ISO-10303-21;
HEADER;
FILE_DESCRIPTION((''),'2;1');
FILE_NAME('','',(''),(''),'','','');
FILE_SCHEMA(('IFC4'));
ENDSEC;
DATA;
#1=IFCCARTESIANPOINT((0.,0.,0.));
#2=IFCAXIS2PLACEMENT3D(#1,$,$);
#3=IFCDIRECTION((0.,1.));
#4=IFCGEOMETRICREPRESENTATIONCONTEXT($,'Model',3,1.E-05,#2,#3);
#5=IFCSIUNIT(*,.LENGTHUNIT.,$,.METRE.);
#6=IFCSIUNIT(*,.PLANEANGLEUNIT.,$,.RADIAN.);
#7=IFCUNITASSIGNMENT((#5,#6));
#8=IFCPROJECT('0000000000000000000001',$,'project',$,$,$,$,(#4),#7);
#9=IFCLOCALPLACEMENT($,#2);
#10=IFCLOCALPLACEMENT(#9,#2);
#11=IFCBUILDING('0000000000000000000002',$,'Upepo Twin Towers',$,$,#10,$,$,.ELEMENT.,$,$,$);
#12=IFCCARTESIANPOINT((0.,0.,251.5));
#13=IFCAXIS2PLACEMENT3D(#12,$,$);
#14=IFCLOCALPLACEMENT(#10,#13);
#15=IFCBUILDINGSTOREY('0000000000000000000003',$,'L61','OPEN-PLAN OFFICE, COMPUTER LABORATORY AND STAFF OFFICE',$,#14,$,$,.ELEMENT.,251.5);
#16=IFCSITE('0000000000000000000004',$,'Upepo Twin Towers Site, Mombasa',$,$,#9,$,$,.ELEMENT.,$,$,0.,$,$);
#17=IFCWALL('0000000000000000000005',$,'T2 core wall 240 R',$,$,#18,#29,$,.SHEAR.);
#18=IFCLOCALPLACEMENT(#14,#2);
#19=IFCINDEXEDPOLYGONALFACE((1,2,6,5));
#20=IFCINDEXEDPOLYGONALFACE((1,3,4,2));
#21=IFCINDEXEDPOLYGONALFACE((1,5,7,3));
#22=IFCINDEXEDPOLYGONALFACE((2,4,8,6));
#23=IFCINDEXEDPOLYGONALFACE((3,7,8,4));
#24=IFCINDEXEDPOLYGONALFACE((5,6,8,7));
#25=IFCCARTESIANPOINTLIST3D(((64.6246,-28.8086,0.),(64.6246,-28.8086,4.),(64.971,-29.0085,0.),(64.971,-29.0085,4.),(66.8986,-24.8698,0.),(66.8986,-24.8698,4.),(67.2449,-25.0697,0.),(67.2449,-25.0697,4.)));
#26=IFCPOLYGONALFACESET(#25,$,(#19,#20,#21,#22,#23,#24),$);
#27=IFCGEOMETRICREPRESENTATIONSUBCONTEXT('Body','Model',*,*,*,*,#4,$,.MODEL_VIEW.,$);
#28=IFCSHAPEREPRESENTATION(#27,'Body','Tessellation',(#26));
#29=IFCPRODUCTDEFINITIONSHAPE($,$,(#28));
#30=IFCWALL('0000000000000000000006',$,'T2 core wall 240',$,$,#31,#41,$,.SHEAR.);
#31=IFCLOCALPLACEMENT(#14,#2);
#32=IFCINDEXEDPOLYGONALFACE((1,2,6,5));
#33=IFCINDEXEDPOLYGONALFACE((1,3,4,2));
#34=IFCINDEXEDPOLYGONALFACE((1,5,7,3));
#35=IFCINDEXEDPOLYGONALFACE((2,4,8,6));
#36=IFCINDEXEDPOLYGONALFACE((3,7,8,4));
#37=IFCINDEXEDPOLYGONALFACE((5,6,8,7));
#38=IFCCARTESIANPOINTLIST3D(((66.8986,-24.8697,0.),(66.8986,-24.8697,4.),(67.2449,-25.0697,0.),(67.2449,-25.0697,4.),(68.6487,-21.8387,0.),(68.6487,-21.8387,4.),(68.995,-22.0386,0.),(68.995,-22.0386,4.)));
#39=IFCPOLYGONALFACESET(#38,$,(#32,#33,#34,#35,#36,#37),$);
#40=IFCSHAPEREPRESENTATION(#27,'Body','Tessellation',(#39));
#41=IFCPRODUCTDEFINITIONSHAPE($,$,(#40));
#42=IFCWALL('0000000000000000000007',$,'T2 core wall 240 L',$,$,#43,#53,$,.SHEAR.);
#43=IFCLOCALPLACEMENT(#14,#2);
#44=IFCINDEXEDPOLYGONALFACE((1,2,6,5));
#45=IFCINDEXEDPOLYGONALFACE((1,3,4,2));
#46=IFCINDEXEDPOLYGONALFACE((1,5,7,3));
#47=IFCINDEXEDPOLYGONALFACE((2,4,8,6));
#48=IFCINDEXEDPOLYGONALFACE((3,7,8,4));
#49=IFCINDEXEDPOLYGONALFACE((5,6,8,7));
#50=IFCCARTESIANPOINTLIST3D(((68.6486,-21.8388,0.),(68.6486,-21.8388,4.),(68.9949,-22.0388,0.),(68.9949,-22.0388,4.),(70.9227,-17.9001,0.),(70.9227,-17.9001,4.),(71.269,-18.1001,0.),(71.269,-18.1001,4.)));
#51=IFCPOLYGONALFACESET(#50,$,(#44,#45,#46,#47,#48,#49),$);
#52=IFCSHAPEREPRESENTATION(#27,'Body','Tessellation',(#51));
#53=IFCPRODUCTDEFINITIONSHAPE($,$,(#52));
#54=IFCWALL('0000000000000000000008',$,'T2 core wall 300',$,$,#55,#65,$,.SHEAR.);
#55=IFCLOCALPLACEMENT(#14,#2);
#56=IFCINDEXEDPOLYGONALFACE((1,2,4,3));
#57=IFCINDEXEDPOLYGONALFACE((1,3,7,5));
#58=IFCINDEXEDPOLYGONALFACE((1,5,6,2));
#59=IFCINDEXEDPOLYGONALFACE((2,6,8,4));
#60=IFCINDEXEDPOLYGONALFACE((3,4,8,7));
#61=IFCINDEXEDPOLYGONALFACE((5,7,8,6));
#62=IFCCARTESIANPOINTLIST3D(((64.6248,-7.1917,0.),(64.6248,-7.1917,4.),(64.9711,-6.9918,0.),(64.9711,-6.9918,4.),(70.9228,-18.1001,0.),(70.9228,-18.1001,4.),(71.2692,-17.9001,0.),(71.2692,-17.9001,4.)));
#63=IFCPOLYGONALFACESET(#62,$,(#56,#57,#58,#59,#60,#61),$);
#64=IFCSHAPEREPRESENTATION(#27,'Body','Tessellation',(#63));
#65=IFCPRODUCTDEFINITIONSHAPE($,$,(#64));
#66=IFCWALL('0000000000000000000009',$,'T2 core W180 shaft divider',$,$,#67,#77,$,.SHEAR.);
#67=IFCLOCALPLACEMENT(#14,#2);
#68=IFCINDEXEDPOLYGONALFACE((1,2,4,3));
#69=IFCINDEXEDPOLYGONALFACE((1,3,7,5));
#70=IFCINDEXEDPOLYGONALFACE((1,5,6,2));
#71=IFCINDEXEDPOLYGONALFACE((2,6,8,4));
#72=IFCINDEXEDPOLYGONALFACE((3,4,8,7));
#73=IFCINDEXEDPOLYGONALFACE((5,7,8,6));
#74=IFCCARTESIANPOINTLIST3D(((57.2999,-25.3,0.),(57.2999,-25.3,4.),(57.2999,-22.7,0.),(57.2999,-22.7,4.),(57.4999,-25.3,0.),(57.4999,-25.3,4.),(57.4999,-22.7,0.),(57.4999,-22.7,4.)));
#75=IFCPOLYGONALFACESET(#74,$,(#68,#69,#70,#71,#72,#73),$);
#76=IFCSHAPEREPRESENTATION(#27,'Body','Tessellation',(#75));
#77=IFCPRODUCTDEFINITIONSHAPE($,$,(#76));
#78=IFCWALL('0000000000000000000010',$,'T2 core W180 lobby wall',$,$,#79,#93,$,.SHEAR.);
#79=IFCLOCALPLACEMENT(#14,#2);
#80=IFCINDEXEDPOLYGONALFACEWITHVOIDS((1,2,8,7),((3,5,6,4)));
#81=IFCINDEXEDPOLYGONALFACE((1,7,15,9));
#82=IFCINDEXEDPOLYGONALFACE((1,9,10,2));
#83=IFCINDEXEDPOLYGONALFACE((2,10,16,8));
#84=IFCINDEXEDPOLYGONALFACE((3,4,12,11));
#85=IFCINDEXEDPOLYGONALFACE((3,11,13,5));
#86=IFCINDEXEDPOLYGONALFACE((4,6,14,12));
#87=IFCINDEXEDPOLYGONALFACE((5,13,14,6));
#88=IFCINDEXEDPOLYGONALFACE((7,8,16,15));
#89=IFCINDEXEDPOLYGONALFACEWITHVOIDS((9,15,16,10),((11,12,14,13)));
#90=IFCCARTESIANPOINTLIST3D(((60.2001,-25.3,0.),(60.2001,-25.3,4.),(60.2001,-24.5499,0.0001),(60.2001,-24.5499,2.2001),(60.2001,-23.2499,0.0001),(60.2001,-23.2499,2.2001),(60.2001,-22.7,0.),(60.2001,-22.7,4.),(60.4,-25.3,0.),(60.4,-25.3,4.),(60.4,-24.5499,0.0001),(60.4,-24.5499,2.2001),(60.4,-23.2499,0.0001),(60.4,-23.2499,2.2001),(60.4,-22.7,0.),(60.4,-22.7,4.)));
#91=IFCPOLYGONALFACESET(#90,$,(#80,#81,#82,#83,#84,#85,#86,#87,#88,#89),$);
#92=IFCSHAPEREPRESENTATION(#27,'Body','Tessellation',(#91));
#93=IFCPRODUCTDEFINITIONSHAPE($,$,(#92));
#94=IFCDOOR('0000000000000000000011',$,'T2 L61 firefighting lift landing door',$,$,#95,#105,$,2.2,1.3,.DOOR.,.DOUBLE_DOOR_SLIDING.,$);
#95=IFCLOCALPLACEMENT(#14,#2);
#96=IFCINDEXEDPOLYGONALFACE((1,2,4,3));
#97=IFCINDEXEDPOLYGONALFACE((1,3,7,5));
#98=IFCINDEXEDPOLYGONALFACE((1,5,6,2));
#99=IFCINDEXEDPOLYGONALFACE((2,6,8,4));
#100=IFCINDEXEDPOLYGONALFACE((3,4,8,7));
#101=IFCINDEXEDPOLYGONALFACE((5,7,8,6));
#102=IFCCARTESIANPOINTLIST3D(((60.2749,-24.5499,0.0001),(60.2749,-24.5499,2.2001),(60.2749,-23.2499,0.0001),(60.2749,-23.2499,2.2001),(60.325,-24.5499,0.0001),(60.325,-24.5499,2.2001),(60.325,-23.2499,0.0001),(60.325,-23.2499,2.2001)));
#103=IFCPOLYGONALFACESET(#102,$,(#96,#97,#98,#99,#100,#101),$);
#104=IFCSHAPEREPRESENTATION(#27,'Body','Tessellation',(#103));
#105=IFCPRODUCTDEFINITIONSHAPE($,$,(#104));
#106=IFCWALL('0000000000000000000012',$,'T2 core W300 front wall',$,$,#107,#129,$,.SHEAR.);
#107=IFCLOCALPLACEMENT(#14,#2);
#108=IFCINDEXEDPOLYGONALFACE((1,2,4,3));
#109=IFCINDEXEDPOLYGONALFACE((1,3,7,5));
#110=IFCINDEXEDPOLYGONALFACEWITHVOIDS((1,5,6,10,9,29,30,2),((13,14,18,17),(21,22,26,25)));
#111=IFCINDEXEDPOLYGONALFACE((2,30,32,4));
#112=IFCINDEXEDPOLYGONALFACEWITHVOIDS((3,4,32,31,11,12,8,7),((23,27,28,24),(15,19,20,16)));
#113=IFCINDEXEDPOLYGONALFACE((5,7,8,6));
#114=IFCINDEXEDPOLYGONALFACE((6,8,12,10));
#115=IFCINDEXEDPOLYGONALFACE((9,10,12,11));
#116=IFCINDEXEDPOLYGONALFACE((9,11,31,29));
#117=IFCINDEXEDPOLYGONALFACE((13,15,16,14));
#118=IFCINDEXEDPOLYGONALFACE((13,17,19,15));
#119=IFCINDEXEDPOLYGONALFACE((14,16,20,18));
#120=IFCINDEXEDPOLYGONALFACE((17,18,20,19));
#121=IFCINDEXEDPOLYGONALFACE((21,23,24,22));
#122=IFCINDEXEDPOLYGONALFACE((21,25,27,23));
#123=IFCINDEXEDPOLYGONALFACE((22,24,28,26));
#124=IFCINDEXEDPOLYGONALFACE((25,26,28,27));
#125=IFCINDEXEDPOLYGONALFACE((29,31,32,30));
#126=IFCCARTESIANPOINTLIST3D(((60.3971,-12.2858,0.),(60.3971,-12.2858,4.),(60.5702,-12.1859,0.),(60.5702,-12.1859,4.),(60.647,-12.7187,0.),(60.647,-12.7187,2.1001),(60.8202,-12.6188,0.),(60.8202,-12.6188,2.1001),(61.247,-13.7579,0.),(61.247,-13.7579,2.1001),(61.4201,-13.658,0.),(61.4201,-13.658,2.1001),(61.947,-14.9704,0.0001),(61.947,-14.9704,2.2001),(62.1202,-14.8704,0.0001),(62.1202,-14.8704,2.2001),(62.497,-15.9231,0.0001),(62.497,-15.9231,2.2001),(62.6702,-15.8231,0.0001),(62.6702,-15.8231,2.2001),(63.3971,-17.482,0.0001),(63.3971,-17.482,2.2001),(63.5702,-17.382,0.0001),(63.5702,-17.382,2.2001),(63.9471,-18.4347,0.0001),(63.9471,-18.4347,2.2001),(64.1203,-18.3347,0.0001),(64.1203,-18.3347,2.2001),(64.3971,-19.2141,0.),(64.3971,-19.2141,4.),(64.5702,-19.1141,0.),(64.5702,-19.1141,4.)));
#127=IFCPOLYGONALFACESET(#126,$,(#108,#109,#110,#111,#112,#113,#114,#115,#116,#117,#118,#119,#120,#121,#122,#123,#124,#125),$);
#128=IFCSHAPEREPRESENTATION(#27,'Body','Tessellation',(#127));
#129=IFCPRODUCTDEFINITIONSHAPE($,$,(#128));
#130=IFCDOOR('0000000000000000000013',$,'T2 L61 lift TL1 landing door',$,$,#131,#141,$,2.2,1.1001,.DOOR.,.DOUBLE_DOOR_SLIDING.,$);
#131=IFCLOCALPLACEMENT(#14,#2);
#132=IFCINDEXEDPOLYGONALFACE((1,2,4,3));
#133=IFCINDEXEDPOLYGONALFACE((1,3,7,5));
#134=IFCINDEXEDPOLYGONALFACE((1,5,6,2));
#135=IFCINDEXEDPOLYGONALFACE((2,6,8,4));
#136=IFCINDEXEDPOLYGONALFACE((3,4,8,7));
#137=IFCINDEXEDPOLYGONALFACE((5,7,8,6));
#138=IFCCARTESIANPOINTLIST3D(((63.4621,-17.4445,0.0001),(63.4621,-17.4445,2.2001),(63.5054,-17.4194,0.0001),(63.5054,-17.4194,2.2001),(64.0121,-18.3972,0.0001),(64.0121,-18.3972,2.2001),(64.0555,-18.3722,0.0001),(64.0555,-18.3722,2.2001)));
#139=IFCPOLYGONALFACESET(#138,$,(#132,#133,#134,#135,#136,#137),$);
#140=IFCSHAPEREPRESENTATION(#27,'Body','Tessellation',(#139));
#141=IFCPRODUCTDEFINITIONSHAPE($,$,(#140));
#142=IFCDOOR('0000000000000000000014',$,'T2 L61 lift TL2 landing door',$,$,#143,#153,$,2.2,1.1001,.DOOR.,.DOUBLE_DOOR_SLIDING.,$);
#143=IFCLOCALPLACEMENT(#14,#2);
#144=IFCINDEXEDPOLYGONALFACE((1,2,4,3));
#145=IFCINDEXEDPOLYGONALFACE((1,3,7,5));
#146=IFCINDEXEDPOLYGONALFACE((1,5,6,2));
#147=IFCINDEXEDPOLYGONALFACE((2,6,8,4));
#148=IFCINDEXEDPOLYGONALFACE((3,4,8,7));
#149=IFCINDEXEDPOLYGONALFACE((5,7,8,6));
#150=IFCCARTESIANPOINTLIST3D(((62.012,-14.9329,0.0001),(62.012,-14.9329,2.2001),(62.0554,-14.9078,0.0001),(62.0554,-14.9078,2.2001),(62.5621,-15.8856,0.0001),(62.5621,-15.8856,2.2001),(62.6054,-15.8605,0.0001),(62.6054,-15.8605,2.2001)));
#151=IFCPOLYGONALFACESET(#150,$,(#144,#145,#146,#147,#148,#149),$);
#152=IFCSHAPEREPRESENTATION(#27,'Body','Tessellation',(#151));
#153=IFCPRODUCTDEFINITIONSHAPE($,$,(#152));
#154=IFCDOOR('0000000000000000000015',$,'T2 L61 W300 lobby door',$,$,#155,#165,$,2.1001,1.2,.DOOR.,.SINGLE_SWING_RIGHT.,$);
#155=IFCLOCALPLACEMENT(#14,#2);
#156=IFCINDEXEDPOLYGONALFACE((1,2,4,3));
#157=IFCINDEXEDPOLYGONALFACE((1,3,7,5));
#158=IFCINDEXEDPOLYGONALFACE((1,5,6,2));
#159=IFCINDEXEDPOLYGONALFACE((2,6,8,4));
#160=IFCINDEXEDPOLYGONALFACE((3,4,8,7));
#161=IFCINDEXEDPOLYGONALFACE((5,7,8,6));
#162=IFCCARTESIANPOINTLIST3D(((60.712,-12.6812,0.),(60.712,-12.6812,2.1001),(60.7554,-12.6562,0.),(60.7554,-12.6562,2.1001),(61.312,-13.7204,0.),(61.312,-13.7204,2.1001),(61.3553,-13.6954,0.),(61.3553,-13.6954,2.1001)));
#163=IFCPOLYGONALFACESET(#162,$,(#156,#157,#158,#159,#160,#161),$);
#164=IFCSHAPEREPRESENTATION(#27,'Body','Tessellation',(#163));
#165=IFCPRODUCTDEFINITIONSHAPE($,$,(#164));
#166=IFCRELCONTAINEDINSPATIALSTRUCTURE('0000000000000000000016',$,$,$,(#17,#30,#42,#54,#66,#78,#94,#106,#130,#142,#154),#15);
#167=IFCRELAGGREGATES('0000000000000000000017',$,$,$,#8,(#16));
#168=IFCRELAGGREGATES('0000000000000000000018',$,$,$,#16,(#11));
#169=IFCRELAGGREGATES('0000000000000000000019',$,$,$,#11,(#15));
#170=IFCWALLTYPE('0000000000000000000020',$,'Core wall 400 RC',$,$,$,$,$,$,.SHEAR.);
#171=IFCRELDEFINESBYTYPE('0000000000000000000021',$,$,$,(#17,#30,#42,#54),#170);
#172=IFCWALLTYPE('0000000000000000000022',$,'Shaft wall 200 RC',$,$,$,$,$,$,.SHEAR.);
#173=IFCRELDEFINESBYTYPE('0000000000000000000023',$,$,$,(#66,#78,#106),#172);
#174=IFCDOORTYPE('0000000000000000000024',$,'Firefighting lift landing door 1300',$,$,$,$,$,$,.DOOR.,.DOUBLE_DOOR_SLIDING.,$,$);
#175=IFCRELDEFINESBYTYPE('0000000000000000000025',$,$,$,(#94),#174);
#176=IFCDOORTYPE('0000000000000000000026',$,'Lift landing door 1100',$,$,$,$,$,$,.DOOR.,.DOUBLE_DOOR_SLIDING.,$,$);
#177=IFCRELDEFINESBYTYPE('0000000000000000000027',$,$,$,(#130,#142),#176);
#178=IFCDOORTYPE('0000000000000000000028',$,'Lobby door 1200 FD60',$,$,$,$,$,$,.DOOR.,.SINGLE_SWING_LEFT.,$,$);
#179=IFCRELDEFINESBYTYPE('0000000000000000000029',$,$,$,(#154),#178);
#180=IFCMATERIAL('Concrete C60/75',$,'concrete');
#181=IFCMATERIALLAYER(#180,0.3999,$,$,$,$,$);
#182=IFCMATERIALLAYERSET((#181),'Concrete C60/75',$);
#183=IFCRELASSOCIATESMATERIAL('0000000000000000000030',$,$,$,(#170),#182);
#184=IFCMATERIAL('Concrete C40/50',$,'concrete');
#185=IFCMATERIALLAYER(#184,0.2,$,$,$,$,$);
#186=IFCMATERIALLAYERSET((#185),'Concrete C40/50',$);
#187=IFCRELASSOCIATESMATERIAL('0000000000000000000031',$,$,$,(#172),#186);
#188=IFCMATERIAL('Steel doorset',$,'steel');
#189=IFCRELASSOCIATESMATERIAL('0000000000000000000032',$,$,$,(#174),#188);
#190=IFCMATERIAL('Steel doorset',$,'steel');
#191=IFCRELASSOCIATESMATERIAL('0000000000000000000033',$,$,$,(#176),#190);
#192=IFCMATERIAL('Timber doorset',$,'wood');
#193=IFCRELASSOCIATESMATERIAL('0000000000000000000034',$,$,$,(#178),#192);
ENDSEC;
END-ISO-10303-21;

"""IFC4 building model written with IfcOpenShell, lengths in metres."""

from ifc_helpers import new_model, si_unit, direction, frame, frame_2d, origin, place, context, subcontext, project, spatial, rectangle, extrude, material, layer, layer_set, type_object, element, fill, save


model = new_model("IFC4")

# Units and contexts
model_context = context("Model", 3, precision=1e-05, world=origin(), true_north=direction((0.0, 1.0)))
body_context = subcontext(model_context, "Body", "Model", "MODEL_VIEW")
ifc_project = project(units=[si_unit("LENGTHUNIT", "METRE"), si_unit("PLANEANGLEUNIT", "RADIAN")], contexts=[model_context])

# Site, building, storey
site_placement = place(None, origin())
site = spatial("IfcSite", under=ifc_project, at=site_placement, Name="Upepo Twin Towers Site, Mombasa", CompositionType="ELEMENT", RefElevation=0.0)
building_placement = place(site_placement, origin())
building = spatial("IfcBuilding", under=site, at=building_placement, Name="Upepo Twin Towers", CompositionType="ELEMENT")
storey_placement = place(building_placement, frame((0.0, 0.0, 251.5)))
storey = spatial("IfcBuildingStorey", under=building, at=storey_placement, Name="L61", Description="OPEN-PLAN OFFICE, COMPUTER LABORATORY AND STAFF OFFICE", CompositionType="ELEMENT", Elevation=251.5)

# Walls
ifc_material_1 = material(Name="Concrete C60/75", Category="concrete")
ifc_layer_1 = layer(ifc_material_1, 0.3999)
ifc_layer_set_1 = layer_set([ifc_layer_1], Name="Concrete C60/75")
wall_type_1 = type_object("IfcWallType", Name="Core wall 400 RC", PredefinedType="SHEAR", material=ifc_layer_set_1)
wall_1_placement = place(storey_placement, frame((64.7979, -28.9084, 0.0), z_axis=(0.0, 0.0, 1.0), x_axis=(0.499984, 0.866035, 0.0)))
element("IfcWall", 1, at=wall_1_placement, inside=storey, type_object=wall_type_1, Name="T2 core wall 240 R", PredefinedType="SHEAR", context=body_context, shape_type="SweptSolid", body=[
    extrude(rectangle(XDim=4.5481, YDim=0.3999, at=frame_2d((2.2739, 0.0))), origin(), (0.0, 0.0, 1.0), 4.0),
])
wall_2_placement = place(storey_placement, frame((67.0718, -24.9697, 0.0), z_axis=(0.0, 0.0, 1.0), x_axis=(0.50001, 0.866019, 0.0)))
element("IfcWall", 2, at=wall_2_placement, inside=storey, type_object=wall_type_1, Name="T2 core wall 240", PredefinedType="SHEAR", context=body_context, shape_type="SweptSolid", body=[
    extrude(rectangle(XDim=3.5, YDim=0.3999, at=frame_2d((1.75, 0.0))), origin(), (0.0, 0.0, 1.0), 4.0),
])
wall_3_placement = place(storey_placement, frame((68.8218, -21.9387, 0.0), z_axis=(0.0, 0.0, 1.0), x_axis=(0.500024, 0.866011, 0.0)))
element("IfcWall", 3, at=wall_3_placement, inside=storey, type_object=wall_type_1, Name="T2 core wall 240 L", PredefinedType="SHEAR", context=body_context, shape_type="SweptSolid", body=[
    extrude(rectangle(XDim=4.5481, YDim=0.3999, at=frame_2d((2.2739, 0.0))), origin(), (0.0, 0.0, 1.0), 4.0),
])
wall_4_placement = place(storey_placement, frame((71.0959, -18.0, 0.0), z_axis=(0.0, 0.0, 1.0), x_axis=(-0.500006, 0.866022, 0.0)))
element("IfcWall", 4, at=wall_4_placement, inside=storey, type_object=wall_type_1, Name="T2 core wall 300", PredefinedType="SHEAR", context=body_context, shape_type="SweptSolid", body=[
    extrude(rectangle(XDim=12.5959, YDim=0.3999, at=frame_2d((6.2979, 0.0))), origin(), (0.0, 0.0, 1.0), 4.0),
])
ifc_material_2 = material(Name="Concrete C40/50", Category="concrete")
ifc_layer_2 = layer(ifc_material_2, 0.2)
ifc_layer_set_2 = layer_set([ifc_layer_2], Name="Concrete C40/50")
wall_type_2 = type_object("IfcWallType", Name="Shaft wall 200 RC", PredefinedType="SHEAR", material=ifc_layer_set_2)
wall_5_placement = place(storey_placement, frame((57.3999, -22.7, 0.0), z_axis=(0.0, 0.0, 1.0), x_axis=(0.0, -1.0, 0.0)))
element("IfcWall", 5, at=wall_5_placement, inside=storey, type_object=wall_type_2, Name="T2 core W180 shaft divider", PredefinedType="SHEAR", context=body_context, shape_type="SweptSolid", body=[
    extrude(rectangle(XDim=2.6001, YDim=0.2, at=frame_2d((1.3, 0.0))), origin(), (0.0, 0.0, 1.0), 4.0),
])

# Wall, opening, door
wall_6_placement = place(storey_placement, frame((60.3, -22.7, 0.0), z_axis=(0.0, 0.0, 1.0), x_axis=(0.0, -1.0, 0.0)))
wall_6 = element("IfcWall", 6, at=wall_6_placement, inside=storey, type_object=wall_type_2, Name="T2 core W180 lobby wall", PredefinedType="SHEAR", context=body_context, shape_type="SweptSolid", body=[
    extrude(rectangle(XDim=2.6001, YDim=0.2, at=frame_2d((1.3, 0.0))), origin(), (0.0, 0.0, 1.0), 4.0),
])
opening_1_placement = place(wall_6_placement, frame((0.55, 0.0, 0.0)))
opening_1 = element("IfcOpeningElement", 7, at=opening_1_placement, cuts=wall_6, PredefinedType="OPENING", context=body_context, shape_type="SweptSolid", body=[
    extrude(rectangle(XDim=1.3, YDim=2.2, at=frame_2d((0.6499, 1.1001))), frame((0.0, 0.1099, 0.0), z_axis=(0.0, -1.0, 0.0), x_axis=(1.0, 0.0, 0.0)), (0.0, 0.0, 1.0), 0.22),
])
ifc_material_3 = material(Name="Steel doorset", Category="steel")
door_type_1 = type_object("IfcDoorType", Name="Firefighting lift landing door 1300", OperationType="DOUBLE_DOOR_SLIDING", PredefinedType="DOOR", material=ifc_material_3)
door_1_placement = place(opening_1_placement, origin())
door_1 = element("IfcDoor", 8, at=door_1_placement, inside=storey, type_object=door_type_1, Name="T2 L61 firefighting lift landing door", OperationType="DOUBLE_DOOR_SLIDING", OverallHeight=2.2, OverallWidth=1.3, PredefinedType="DOOR", context=body_context, shape_type="SweptSolid", body=[
    extrude(rectangle(XDim=1.3, YDim=2.2, at=frame_2d((0.6499, 1.1001))), frame((0.0, 0.0249, 0.0), z_axis=(0.0, -1.0, 0.0), x_axis=(1.0, 0.0, 0.0)), (0.0, 0.0, 1.0), 0.05),
])
fill(opening_1, door_1)

# Wall, openings, doors
wall_7_placement = place(storey_placement, frame((64.4836, -19.1641, 0.0), z_axis=(0.0, 0.0, 1.0), x_axis=(-0.499999, 0.866026, 0.0)))
wall_7 = element("IfcWall", 9, at=wall_7_placement, inside=storey, type_object=wall_type_2, Name="T2 core W300 front wall", PredefinedType="SHEAR", context=body_context, shape_type="SweptSolid", body=[
    extrude(rectangle(XDim=8.0, YDim=0.2, at=frame_2d((4.0, 0.0))), origin(), (0.0, 0.0, 1.0), 4.0),
])
opening_2_placement = place(wall_7_placement, frame((6.3, 0.0, 0.0)))
opening_2 = element("IfcOpeningElement", 10, at=opening_2_placement, cuts=wall_7, PredefinedType="OPENING", context=body_context, shape_type="SweptSolid", body=[
    extrude(rectangle(XDim=1.2, YDim=2.1001, at=frame_2d((0.6001, 1.05))), frame((0.0, 0.1099, 0.0), z_axis=(0.0, -1.0, 0.0), x_axis=(1.0, 0.0, 0.0)), (0.0, 0.0, 1.0), 0.22),
])
opening_3_placement = place(wall_7_placement, frame((0.8999, 0.0, 0.0)))
opening_3 = element("IfcOpeningElement", 11, at=opening_3_placement, cuts=wall_7, PredefinedType="OPENING", context=body_context, shape_type="SweptSolid", body=[
    extrude(rectangle(XDim=1.1001, YDim=2.2, at=frame_2d((0.55, 1.1001))), frame((0.0, 0.1099, 0.0), z_axis=(0.0, -1.0, 0.0), x_axis=(1.0, 0.0, 0.0)), (0.0, 0.0, 1.0), 0.22),
])
opening_4_placement = place(wall_7_placement, frame((3.8, 0.0, 0.0)))
opening_4 = element("IfcOpeningElement", 12, at=opening_4_placement, cuts=wall_7, PredefinedType="OPENING", context=body_context, shape_type="SweptSolid", body=[
    extrude(rectangle(XDim=1.1001, YDim=2.2, at=frame_2d((0.55, 1.1001))), frame((0.0, 0.1099, 0.0), z_axis=(0.0, -1.0, 0.0), x_axis=(1.0, 0.0, 0.0)), (0.0, 0.0, 1.0), 0.22),
])
ifc_material_4 = material(Name="Steel doorset", Category="steel")
door_type_2 = type_object("IfcDoorType", Name="Lift landing door 1100", OperationType="DOUBLE_DOOR_SLIDING", PredefinedType="DOOR", material=ifc_material_4)
door_2_placement = place(opening_3_placement, origin())
door_2 = element("IfcDoor", 13, at=door_2_placement, inside=storey, type_object=door_type_2, Name="T2 L61 lift TL1 landing door", OperationType="DOUBLE_DOOR_SLIDING", OverallHeight=2.2, OverallWidth=1.1001, PredefinedType="DOOR", context=body_context, shape_type="SweptSolid", body=[
    extrude(rectangle(XDim=1.1001, YDim=2.2, at=frame_2d((0.55, 1.1001))), frame((0.0, 0.0249, 0.0), z_axis=(0.0, -1.0, 0.0), x_axis=(1.0, 0.0, 0.0)), (0.0, 0.0, 1.0), 0.05),
])
fill(opening_3, door_2)
door_3_placement = place(opening_4_placement, origin())
door_3 = element("IfcDoor", 14, at=door_3_placement, inside=storey, type_object=door_type_2, Name="T2 L61 lift TL2 landing door", OperationType="DOUBLE_DOOR_SLIDING", OverallHeight=2.2, OverallWidth=1.1001, PredefinedType="DOOR", context=body_context, shape_type="SweptSolid", body=[
    extrude(rectangle(XDim=1.1001, YDim=2.2, at=frame_2d((0.55, 1.1001))), frame((0.0, 0.0249, 0.0), z_axis=(0.0, -1.0, 0.0), x_axis=(1.0, 0.0, 0.0)), (0.0, 0.0, 1.0), 0.05),
])
fill(opening_4, door_3)
ifc_material_5 = material(Name="Timber doorset", Category="wood")
door_type_3 = type_object("IfcDoorType", Name="Lobby door 1200 FD60", OperationType="SINGLE_SWING_LEFT", PredefinedType="DOOR", material=ifc_material_5)
door_4_placement = place(opening_2_placement, origin())
door_4 = element("IfcDoor", 15, at=door_4_placement, inside=storey, type_object=door_type_3, Name="T2 L61 W300 lobby door", OperationType="SINGLE_SWING_RIGHT", OverallHeight=2.1001, OverallWidth=1.2, PredefinedType="DOOR", context=body_context, shape_type="SweptSolid", body=[
    extrude(rectangle(XDim=1.2, YDim=2.1001, at=frame_2d((0.6001, 1.05))), frame((0.0, 0.0249, 0.0), z_axis=(0.0, -1.0, 0.0), x_axis=(1.0, 0.0, 0.0)), (0.0, 0.0, 1.0), 0.05),
])
fill(opening_2, door_4)

save(model, "model.ifc")
